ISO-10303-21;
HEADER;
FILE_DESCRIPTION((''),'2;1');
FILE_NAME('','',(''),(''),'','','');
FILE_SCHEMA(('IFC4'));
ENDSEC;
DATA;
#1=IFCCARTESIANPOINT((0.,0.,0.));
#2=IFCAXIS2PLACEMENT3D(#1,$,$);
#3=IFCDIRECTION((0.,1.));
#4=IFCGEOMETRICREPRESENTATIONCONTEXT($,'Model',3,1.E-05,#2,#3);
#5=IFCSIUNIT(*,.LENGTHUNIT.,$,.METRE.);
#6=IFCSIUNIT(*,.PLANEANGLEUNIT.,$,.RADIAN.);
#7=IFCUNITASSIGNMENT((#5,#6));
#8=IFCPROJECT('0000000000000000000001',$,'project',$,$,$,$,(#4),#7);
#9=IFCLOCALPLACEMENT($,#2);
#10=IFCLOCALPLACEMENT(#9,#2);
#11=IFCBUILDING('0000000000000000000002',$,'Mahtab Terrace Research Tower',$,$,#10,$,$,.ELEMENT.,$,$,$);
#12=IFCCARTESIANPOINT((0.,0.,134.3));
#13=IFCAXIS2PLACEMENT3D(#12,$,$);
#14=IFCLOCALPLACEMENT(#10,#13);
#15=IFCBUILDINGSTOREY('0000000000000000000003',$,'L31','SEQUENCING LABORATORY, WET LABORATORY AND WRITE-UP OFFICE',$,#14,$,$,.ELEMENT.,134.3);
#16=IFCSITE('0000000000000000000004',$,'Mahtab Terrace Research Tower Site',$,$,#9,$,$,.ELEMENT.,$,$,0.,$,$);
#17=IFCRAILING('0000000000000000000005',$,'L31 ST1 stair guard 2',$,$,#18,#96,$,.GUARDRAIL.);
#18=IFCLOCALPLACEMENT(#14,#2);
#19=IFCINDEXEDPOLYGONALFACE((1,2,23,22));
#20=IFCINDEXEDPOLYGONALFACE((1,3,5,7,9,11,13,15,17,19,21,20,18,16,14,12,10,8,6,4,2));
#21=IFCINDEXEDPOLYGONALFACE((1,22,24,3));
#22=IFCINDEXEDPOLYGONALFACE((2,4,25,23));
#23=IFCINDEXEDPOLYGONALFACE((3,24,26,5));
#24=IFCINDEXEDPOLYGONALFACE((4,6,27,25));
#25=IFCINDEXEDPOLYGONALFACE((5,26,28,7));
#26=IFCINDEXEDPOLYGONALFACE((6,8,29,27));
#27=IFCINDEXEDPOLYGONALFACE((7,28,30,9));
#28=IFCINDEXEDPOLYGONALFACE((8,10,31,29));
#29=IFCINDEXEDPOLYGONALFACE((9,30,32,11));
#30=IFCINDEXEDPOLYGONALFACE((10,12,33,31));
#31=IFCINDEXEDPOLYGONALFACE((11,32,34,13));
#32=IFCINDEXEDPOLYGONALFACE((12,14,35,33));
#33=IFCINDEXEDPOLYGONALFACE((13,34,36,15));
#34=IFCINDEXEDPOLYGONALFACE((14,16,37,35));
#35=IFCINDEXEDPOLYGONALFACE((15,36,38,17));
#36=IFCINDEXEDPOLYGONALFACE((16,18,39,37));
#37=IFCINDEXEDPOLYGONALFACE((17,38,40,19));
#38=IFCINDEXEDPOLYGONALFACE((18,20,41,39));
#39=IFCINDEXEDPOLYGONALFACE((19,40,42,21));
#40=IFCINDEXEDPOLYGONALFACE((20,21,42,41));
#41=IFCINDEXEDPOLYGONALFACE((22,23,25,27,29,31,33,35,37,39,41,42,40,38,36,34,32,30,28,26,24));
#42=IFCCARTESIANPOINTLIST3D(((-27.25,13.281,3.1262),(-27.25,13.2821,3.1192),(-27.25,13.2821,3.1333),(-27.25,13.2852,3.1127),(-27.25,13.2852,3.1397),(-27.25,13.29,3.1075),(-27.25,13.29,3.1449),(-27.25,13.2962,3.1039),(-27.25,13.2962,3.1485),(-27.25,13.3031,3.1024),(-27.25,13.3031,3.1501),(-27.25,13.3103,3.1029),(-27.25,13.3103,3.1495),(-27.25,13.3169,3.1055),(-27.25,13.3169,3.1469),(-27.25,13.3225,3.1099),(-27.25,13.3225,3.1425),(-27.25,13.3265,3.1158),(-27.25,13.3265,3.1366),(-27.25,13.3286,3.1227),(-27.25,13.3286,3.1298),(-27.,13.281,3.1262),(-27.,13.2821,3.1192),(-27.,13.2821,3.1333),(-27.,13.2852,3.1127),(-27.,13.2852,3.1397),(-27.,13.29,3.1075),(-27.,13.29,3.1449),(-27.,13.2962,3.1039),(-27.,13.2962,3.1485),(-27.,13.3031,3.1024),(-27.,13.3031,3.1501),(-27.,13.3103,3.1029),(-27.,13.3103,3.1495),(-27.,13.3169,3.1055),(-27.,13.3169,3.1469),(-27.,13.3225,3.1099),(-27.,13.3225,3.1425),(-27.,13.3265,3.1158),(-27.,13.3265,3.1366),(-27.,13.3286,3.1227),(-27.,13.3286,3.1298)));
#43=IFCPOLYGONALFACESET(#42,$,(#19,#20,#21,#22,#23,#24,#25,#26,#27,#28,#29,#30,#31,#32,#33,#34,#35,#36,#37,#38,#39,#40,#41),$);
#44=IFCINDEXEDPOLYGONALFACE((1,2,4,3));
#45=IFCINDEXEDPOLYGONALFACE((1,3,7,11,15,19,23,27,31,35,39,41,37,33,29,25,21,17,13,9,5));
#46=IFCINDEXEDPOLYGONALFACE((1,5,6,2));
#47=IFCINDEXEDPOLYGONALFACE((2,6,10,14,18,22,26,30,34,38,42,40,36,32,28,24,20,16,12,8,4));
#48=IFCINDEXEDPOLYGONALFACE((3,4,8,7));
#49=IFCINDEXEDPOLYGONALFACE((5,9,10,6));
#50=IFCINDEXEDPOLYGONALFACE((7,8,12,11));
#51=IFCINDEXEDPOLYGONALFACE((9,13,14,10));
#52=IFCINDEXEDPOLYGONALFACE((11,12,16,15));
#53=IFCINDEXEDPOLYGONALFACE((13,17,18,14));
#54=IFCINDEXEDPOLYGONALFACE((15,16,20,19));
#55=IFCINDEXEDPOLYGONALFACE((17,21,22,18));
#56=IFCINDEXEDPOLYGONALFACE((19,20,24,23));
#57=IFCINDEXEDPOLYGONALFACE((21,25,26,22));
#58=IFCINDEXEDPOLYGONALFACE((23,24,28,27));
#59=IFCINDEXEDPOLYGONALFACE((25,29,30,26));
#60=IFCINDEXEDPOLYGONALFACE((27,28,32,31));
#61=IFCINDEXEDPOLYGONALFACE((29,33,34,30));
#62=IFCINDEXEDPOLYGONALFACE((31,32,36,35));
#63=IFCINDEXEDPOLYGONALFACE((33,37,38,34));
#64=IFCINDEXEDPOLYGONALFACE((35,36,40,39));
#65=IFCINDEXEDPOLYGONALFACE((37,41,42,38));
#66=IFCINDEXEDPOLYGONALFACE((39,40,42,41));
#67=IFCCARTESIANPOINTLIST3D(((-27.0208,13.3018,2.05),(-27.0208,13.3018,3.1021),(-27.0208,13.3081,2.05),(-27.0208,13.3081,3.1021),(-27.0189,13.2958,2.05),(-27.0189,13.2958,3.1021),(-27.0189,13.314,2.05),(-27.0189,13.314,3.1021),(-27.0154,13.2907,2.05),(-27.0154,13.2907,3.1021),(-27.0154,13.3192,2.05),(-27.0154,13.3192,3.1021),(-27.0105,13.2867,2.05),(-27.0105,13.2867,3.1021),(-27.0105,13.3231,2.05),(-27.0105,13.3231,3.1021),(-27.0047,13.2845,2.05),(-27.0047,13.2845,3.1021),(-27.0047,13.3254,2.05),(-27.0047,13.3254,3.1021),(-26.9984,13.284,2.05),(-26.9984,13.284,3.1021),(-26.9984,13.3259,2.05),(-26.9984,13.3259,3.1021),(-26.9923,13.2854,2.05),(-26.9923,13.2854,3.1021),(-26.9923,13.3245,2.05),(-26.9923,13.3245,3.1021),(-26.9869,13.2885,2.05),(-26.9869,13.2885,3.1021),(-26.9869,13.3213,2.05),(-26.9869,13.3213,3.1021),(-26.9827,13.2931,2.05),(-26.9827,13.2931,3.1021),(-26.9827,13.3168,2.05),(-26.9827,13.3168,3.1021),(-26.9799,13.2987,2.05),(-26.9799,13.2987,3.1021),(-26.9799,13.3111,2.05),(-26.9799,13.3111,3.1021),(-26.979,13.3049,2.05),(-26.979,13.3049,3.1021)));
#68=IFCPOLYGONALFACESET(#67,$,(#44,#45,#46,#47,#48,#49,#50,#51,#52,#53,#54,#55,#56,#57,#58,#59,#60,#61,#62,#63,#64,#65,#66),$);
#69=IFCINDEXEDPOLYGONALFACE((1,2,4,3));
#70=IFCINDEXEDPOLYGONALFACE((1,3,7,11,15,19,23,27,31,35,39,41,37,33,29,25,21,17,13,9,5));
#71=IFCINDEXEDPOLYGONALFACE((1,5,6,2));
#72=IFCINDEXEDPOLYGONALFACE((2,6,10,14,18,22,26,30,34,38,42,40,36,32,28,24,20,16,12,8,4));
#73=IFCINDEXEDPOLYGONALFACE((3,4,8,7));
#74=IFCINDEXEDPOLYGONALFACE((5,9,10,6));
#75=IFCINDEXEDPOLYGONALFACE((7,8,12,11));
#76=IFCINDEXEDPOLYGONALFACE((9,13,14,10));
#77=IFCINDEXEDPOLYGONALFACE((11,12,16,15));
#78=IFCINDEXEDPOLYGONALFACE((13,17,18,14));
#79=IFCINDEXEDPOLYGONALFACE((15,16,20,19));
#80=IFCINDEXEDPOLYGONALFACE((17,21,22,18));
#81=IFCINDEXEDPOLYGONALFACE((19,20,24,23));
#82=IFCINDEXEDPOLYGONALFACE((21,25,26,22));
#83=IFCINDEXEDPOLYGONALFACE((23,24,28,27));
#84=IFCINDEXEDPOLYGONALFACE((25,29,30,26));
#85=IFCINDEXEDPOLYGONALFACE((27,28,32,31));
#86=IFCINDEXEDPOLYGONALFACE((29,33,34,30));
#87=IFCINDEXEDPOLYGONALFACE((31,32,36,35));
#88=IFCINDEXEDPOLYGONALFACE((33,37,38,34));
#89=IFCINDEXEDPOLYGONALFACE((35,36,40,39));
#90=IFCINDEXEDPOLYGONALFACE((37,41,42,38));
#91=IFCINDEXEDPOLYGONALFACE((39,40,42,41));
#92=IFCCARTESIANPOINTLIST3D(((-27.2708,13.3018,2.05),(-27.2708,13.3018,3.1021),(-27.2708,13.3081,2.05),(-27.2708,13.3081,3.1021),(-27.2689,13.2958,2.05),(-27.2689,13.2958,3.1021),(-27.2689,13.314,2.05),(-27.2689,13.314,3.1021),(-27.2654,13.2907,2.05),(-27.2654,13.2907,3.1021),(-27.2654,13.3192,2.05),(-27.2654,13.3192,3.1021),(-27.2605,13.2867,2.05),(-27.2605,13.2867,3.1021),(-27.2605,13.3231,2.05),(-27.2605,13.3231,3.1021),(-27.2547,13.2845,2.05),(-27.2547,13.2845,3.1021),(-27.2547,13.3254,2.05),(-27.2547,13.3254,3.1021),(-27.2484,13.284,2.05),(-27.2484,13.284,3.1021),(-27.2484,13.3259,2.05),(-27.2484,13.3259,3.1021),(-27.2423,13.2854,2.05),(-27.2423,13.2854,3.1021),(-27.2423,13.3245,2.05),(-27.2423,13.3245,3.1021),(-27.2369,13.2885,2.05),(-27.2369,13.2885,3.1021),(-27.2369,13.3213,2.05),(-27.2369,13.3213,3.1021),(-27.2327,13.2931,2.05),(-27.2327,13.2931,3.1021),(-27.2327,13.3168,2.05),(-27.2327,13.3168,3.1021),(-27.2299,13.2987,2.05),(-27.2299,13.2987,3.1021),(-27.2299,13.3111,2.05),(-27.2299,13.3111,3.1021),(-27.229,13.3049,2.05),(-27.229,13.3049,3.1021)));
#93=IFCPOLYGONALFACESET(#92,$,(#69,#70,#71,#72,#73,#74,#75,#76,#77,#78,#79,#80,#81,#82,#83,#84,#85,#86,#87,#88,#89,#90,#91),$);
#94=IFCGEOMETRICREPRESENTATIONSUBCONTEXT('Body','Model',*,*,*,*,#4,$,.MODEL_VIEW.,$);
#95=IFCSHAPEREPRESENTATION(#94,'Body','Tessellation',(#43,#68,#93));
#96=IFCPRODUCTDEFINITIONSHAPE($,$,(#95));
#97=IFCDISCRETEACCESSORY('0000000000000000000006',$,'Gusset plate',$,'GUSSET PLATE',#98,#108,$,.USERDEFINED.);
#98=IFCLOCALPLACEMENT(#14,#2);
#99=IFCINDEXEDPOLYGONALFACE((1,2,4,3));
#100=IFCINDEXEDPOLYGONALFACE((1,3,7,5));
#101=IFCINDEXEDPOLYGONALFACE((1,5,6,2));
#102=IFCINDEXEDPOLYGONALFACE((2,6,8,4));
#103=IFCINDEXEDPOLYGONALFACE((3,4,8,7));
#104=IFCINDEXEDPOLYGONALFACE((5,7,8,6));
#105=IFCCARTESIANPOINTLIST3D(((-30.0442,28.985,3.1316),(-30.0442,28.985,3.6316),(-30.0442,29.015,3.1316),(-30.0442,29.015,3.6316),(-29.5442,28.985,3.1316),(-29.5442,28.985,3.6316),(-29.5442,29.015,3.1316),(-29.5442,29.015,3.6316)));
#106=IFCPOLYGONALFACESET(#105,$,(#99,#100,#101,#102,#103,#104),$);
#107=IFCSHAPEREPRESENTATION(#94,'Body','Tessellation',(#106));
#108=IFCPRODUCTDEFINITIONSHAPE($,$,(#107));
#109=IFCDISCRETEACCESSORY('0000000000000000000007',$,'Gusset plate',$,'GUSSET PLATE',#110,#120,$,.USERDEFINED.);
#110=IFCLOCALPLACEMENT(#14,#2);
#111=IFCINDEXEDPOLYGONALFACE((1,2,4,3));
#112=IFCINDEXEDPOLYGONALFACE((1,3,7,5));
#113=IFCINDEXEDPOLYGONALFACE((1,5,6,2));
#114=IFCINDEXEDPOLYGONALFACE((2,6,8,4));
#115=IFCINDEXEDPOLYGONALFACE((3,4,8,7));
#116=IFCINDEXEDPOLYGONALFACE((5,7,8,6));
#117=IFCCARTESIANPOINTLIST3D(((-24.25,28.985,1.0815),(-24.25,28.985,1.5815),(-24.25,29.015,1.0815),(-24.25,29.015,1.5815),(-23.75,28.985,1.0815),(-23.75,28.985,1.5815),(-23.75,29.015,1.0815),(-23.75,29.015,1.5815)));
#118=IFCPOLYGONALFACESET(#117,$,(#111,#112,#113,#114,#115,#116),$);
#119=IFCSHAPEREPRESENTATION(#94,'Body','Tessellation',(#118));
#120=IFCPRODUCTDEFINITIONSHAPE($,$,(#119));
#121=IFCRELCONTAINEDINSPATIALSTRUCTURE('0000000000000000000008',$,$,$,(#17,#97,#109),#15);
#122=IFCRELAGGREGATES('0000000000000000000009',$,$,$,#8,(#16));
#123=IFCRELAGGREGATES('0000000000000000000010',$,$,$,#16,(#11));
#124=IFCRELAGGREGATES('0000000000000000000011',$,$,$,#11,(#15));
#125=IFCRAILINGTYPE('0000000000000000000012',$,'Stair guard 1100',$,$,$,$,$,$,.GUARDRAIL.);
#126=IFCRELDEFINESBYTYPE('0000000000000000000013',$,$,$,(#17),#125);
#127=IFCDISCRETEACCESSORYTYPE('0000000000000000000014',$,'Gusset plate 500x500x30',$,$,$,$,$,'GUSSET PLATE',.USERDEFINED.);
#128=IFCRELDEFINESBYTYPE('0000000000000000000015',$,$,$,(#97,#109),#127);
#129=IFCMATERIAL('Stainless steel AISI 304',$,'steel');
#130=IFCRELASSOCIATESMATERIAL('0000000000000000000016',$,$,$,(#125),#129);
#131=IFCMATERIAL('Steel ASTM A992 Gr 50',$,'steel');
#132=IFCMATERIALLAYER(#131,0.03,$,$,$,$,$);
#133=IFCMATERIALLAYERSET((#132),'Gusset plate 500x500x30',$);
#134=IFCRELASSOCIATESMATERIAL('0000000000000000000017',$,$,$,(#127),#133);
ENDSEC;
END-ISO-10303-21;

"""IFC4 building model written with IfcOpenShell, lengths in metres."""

from ifc_helpers import new_model, si_unit, direction, frame, origin, origin_2d, place, context, subcontext, project, spatial, rectangle, circle, extrude, material, layer, layer_set, type_object, element, save


model = new_model("IFC4")

# Units and contexts
model_context = context("Model", 3, precision=1e-05, world=origin(), true_north=direction((0.0, 1.0)))
body_context = subcontext(model_context, "Body", "Model", "MODEL_VIEW")
ifc_project = project(units=[si_unit("LENGTHUNIT", "METRE"), si_unit("PLANEANGLEUNIT", "RADIAN")], contexts=[model_context])

# Site, building, storey
site_placement = place(None, origin())
site = spatial("IfcSite", under=ifc_project, at=site_placement, Name="Mahtab Terrace Research Tower Site", CompositionType="ELEMENT", RefElevation=0.0)
building_placement = place(site_placement, origin())
building = spatial("IfcBuilding", under=site, at=building_placement, Name="Mahtab Terrace Research Tower", CompositionType="ELEMENT")
storey_placement = place(building_placement, frame((0.0, 0.0, 134.3)))
storey = spatial("IfcBuildingStorey", under=building, at=storey_placement, Name="L31", Description="SEQUENCING LABORATORY, WET LABORATORY AND WRITE-UP OFFICE", CompositionType="ELEMENT", Elevation=134.3)

# Shared definitions
ifc_material_1 = material(Name="Steel ASTM A992 Gr 50", Category="steel")

# Shared definitions
ifc_material_2 = material(Name="Stainless steel AISI 304", Category="steel")

# Railing
railing_type = type_object("IfcRailingType", Name="Stair guard 1100", PredefinedType="GUARDRAIL", material=ifc_material_2)
railing_placement = place(storey_placement, frame((-27.0, 13.3049, 2.05)))
element("IfcRailing", 1, at=railing_placement, inside=storey, type_object=railing_type, Name="L31 ST1 stair guard 2", PredefinedType="GUARDRAIL", context=body_context, shape_type="SweptSolid", body=[
    extrude(circle(Radius=0.0239, at=origin_2d()), frame((0.0, 0.0, 1.0762), z_axis=(-1.0, 0.0, 0.0), x_axis=(0.0, -1.0, 0.0)), (0.0, 0.0, 1.0), 0.25),
    extrude(circle(Radius=0.021, at=origin_2d()), origin(), (0.0, 0.0, 1.0), 1.052),
    extrude(circle(Radius=0.021, at=origin_2d()), frame((-0.25, 0.0, 0.0)), (0.0, 0.0, 1.0), 1.052),
])

# Discrete accessories
ifc_layer_1 = layer(ifc_material_1, 0.03)
ifc_layer_set_1 = layer_set([ifc_layer_1], Name="Gusset plate 500x500x30")
discrete_accessory_type = type_object("IfcDiscreteAccessoryType", Name="Gusset plate 500x500x30", ElementType="GUSSET PLATE", PredefinedType="USERDEFINED", material=ifc_layer_set_1)
for number, where, z_axis, x_axis, name in (
    (2, (-29.7942, 29.0, 3.1316), (0.0, 0.0, 1.0), (1.0, 0.0, 0.0), "Gusset plate"),
    (3, (-24.0, 29.0, 1.0815), (0.0, 0.0, 1.0), (1.0, 0.0, 0.0), "Gusset plate"),
):
    element("IfcDiscreteAccessory", number, at=place(storey_placement, frame(where, z_axis=z_axis, x_axis=x_axis)), inside=storey, type_object=discrete_accessory_type, Name=name, ObjectType="GUSSET PLATE", PredefinedType="USERDEFINED", context=body_context, shape_type="SweptSolid", body=[
        extrude(rectangle(XDim=0.5, YDim=0.03, at=origin_2d()), origin(), (0.0, 0.0, 1.0), 0.5),
    ])

save(model, "model.ifc")
